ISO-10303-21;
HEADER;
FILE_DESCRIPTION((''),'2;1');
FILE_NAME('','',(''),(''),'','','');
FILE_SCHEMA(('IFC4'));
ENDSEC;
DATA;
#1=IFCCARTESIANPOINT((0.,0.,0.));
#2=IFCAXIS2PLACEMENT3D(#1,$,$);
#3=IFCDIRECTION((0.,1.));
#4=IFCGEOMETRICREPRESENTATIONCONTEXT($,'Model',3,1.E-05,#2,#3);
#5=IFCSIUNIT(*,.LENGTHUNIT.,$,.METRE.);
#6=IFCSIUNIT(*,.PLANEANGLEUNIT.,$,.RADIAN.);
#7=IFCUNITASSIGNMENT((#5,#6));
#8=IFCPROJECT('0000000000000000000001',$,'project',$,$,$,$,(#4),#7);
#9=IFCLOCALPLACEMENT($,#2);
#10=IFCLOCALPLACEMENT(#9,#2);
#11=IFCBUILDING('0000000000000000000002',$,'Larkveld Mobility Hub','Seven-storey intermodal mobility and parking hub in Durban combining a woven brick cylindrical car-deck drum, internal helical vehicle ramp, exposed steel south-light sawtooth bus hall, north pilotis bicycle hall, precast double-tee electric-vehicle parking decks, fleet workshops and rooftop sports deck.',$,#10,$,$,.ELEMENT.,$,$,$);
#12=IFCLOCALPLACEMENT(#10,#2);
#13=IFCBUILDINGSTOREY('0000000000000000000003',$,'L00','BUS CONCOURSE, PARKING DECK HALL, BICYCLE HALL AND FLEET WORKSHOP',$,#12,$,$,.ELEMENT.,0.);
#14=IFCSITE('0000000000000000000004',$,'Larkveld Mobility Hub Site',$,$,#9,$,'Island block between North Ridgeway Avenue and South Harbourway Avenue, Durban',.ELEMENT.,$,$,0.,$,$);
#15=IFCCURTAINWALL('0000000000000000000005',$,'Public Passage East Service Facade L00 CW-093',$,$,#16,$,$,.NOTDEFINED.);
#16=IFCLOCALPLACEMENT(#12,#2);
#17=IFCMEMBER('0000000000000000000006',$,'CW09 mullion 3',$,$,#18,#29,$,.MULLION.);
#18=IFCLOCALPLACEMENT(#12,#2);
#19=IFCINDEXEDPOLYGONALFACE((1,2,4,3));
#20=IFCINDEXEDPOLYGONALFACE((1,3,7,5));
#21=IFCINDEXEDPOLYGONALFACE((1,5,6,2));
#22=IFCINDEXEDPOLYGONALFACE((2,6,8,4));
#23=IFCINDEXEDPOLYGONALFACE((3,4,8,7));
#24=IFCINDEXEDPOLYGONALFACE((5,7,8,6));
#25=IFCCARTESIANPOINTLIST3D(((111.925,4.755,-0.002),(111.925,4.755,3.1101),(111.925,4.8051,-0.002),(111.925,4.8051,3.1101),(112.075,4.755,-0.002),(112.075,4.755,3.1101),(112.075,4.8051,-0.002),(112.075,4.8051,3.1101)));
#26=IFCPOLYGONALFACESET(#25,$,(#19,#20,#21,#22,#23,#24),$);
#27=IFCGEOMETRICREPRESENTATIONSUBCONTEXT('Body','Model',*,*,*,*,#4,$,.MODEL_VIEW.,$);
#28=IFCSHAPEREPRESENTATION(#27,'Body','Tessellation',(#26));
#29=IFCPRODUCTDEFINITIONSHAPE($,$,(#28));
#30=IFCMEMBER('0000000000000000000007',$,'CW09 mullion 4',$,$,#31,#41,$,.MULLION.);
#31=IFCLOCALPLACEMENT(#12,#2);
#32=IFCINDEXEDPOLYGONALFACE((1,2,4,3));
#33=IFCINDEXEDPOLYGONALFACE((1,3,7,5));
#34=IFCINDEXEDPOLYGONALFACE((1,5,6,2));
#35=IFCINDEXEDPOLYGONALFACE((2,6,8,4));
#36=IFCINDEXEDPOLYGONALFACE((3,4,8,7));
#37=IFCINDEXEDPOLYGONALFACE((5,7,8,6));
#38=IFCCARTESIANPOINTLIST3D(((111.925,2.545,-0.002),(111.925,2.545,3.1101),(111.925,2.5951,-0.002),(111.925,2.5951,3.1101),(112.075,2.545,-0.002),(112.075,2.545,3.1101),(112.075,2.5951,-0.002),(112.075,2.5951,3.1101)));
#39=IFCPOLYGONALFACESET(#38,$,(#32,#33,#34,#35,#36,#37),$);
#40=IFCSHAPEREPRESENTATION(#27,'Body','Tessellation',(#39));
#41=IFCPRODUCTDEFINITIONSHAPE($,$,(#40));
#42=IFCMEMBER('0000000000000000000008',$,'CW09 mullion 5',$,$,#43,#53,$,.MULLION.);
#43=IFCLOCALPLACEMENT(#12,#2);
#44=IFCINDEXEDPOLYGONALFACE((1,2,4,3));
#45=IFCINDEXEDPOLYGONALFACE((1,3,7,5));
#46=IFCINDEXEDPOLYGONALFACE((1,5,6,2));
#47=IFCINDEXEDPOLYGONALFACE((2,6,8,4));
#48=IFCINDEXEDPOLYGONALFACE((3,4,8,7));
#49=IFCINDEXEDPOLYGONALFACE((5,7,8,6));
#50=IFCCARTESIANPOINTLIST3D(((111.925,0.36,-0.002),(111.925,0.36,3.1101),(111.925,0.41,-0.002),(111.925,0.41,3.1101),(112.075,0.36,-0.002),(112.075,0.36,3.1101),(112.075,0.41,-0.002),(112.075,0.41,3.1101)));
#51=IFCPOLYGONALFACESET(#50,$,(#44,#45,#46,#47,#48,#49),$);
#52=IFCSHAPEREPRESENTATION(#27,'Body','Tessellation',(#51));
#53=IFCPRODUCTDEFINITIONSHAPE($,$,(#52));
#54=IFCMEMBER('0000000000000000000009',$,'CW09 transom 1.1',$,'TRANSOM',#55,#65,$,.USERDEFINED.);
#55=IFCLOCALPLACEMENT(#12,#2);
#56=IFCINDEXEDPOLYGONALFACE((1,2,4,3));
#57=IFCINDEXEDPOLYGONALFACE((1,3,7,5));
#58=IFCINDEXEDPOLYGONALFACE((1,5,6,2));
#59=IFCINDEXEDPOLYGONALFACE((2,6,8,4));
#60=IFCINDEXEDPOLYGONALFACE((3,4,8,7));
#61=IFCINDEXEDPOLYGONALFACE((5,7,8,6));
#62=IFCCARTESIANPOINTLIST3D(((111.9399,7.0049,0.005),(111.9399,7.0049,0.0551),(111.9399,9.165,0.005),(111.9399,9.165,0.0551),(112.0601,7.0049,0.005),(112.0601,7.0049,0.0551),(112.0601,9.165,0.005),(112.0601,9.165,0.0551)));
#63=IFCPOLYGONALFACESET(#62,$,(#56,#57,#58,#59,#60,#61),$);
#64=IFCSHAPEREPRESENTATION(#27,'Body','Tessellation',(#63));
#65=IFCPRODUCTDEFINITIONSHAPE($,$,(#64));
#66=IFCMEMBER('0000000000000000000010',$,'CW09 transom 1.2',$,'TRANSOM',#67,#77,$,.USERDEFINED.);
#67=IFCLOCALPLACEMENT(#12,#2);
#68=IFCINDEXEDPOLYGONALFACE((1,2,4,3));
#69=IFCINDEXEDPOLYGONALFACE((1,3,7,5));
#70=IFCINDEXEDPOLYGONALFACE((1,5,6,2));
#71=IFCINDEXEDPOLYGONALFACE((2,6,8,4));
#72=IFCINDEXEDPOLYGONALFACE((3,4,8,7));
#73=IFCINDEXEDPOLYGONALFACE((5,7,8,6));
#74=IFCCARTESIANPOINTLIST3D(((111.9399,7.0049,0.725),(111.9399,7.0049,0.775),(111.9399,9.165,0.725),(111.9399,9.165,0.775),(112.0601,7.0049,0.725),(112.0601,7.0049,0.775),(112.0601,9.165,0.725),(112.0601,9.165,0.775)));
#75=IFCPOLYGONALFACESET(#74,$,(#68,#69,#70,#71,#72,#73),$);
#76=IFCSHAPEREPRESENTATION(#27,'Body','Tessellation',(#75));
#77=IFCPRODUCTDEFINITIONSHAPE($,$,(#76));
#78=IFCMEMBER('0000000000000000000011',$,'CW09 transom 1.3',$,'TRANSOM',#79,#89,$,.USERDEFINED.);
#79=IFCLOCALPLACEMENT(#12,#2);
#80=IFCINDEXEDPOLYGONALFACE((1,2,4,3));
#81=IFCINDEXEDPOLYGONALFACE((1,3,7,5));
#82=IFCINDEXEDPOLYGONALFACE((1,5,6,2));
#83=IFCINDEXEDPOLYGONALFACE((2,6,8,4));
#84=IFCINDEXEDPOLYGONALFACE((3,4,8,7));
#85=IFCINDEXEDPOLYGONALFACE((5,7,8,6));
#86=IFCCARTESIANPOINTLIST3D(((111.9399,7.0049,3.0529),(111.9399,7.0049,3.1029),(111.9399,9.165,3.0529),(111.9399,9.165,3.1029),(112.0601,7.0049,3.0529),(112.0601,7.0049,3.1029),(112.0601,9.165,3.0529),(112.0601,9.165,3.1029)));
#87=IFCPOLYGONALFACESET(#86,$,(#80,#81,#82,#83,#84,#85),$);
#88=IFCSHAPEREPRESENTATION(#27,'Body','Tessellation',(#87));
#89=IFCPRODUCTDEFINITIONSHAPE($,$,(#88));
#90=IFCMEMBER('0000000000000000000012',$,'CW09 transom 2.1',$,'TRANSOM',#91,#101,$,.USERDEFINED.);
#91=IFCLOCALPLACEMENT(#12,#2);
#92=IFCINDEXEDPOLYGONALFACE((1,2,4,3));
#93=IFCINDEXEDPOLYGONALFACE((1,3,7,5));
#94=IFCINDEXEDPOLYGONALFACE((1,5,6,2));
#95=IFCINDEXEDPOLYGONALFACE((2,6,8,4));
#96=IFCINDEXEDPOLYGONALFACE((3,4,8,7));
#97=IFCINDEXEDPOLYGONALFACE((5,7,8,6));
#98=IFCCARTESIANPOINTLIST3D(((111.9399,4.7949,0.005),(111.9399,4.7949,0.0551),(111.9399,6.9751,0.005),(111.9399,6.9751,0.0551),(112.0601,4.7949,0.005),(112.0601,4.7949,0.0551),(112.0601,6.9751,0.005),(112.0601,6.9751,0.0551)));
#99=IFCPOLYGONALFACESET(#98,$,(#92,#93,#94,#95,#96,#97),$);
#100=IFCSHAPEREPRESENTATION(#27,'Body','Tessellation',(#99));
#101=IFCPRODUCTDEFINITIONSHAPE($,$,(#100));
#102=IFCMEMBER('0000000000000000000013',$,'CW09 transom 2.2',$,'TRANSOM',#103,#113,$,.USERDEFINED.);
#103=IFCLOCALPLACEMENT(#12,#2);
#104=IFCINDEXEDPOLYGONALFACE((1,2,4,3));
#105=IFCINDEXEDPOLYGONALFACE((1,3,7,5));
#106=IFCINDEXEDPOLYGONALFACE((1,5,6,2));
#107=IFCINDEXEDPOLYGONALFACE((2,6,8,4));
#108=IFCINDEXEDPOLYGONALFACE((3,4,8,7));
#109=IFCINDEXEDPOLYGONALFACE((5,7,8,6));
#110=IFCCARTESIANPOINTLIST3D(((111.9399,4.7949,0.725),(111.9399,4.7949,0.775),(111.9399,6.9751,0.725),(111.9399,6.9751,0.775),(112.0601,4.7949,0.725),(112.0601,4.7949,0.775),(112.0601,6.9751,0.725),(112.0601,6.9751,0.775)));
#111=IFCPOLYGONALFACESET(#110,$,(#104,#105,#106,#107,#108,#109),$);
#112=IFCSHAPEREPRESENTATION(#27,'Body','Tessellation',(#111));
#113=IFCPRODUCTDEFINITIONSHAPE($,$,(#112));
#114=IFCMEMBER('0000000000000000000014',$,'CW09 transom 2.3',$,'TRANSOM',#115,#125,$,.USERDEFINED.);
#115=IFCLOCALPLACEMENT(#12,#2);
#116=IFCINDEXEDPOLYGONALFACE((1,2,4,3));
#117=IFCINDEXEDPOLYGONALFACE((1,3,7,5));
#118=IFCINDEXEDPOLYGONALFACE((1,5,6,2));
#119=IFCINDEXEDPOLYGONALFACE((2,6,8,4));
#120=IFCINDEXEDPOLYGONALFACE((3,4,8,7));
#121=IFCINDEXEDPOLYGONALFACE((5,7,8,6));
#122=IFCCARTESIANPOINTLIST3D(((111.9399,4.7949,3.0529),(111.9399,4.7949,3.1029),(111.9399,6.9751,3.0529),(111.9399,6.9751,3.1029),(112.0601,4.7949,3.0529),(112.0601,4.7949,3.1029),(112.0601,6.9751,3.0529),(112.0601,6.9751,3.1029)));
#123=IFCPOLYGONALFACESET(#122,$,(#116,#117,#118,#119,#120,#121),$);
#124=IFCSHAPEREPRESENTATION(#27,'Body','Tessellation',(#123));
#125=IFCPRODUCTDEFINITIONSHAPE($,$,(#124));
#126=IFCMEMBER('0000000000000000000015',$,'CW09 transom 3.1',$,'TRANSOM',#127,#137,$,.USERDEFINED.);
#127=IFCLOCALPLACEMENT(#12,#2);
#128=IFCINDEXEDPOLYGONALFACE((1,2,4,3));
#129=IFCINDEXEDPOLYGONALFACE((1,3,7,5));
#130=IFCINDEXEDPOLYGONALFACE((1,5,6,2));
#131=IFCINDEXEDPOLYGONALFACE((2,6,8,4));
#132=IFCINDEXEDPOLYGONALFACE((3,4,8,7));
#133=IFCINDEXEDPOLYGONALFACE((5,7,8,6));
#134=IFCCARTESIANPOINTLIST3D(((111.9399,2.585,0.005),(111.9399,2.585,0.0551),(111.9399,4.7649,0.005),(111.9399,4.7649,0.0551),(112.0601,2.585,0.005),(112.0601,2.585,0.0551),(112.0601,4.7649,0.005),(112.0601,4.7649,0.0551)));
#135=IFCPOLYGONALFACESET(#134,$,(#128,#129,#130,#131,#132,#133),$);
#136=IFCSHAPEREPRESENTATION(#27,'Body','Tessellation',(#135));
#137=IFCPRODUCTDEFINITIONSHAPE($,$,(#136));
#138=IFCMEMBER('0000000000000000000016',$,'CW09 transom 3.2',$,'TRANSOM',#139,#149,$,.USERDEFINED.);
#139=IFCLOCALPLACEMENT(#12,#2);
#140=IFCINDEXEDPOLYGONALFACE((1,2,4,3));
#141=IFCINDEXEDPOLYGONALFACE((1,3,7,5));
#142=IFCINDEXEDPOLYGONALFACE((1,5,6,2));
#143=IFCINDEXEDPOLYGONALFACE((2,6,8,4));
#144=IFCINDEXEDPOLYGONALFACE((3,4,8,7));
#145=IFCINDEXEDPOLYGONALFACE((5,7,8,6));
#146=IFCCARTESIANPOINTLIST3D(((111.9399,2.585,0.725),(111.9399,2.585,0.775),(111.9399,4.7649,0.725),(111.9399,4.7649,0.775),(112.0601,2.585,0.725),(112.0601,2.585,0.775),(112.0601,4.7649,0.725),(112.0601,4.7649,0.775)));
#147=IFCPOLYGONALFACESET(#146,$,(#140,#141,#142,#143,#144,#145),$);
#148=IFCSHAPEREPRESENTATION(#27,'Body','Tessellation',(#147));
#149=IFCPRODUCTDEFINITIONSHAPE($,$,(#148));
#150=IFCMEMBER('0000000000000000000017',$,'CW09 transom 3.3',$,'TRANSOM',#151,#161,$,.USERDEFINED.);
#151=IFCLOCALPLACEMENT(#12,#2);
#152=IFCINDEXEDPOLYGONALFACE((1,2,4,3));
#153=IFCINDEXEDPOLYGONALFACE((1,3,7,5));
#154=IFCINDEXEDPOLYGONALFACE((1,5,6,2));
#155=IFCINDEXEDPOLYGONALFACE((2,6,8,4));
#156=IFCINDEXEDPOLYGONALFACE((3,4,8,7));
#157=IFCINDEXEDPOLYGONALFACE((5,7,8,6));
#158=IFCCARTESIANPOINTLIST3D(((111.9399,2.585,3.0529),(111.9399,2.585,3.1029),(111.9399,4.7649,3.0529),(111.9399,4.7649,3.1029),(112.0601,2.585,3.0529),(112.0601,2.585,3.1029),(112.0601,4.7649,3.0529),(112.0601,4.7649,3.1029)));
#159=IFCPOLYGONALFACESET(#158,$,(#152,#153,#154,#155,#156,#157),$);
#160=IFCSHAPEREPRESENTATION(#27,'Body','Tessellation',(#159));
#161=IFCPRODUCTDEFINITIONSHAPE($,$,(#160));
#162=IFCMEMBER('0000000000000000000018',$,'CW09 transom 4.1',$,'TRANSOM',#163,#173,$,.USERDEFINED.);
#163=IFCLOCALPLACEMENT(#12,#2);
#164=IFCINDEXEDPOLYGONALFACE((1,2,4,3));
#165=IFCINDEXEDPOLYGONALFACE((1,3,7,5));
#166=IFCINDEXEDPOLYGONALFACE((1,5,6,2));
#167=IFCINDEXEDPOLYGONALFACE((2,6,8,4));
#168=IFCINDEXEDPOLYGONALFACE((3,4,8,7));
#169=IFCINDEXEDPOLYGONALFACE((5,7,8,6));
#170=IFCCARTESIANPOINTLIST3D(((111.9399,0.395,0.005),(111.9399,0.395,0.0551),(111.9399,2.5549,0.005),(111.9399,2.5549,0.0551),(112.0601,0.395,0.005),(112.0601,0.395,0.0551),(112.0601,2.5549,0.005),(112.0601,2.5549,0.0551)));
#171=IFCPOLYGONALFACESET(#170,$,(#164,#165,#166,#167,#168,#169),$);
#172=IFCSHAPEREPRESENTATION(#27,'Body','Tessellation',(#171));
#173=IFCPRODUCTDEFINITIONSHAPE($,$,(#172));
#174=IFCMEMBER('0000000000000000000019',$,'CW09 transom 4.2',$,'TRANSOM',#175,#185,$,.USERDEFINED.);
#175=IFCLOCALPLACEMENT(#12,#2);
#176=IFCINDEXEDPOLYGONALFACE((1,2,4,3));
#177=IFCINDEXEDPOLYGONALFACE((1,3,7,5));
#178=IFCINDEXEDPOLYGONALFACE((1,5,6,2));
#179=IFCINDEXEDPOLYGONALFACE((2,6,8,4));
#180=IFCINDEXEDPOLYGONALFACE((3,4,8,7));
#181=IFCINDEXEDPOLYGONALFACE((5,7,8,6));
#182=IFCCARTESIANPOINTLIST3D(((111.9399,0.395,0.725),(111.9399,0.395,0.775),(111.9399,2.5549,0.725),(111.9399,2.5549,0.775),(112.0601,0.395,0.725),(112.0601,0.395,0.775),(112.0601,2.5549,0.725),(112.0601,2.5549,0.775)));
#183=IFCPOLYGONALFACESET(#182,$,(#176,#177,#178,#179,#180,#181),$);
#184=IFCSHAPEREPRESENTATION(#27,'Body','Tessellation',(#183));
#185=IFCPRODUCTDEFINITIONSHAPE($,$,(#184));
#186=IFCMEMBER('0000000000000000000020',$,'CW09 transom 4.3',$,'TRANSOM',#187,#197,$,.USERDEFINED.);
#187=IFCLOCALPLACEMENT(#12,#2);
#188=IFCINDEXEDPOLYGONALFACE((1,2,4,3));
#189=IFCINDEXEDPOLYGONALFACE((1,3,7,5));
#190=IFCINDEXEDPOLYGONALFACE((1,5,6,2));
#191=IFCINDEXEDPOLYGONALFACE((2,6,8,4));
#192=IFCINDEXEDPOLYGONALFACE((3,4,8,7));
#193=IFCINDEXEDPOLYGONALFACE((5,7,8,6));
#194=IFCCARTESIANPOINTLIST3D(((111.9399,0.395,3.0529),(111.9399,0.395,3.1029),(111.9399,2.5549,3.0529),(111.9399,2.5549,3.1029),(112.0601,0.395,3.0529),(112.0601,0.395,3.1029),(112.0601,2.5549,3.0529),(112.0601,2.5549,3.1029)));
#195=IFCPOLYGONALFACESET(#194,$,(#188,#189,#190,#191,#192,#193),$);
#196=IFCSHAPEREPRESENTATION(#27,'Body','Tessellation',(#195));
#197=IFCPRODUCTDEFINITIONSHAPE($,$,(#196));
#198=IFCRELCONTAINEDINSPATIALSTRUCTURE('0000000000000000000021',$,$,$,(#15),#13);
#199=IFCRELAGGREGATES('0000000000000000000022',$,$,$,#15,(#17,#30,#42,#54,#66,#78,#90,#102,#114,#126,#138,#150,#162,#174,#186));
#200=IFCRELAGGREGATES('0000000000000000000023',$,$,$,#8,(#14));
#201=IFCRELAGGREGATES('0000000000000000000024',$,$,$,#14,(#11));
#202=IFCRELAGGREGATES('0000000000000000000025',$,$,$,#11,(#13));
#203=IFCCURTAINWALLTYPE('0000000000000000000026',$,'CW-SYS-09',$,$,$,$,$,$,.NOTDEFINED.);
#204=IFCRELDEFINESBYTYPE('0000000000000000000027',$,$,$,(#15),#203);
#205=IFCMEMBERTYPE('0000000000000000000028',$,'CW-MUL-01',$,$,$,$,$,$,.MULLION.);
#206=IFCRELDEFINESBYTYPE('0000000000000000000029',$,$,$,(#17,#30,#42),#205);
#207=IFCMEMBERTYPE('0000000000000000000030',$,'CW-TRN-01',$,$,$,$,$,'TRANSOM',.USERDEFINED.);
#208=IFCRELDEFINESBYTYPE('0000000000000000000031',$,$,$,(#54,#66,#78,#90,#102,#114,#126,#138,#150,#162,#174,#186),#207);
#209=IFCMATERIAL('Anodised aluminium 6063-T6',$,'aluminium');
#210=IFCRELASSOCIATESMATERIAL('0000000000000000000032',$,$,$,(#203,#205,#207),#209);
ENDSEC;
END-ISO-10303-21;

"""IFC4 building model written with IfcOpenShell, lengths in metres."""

from ifc_helpers import new_model, si_unit, direction, frame, origin, origin_2d, place, context, subcontext, project, spatial, rectangle, extrude, material, material_profile, profile_set, type_object, element, aggregate, save


model = new_model("IFC4")

# Units and contexts
model_context = context("Model", 3, precision=1e-05, world=origin(), true_north=direction((0.0, 1.0)))
body_context = subcontext(model_context, "Body", "Model", "MODEL_VIEW")
ifc_project = project(units=[si_unit("LENGTHUNIT", "METRE"), si_unit("PLANEANGLEUNIT", "RADIAN")], contexts=[model_context])

# Site, building, storey
site_placement = place(None, origin())
site = spatial("IfcSite", under=ifc_project, at=site_placement, Name="Larkveld Mobility Hub Site", LongName="Island block between North Ridgeway Avenue and South Harbourway Avenue, Durban", CompositionType="ELEMENT", RefElevation=0.0)
building_placement = place(site_placement, origin())
building = spatial("IfcBuilding", under=site, at=building_placement, Name="Larkveld Mobility Hub", Description="Seven-storey intermodal mobility and parking hub in Durban combining a woven brick cylindrical car-deck drum, internal helical vehicle ramp, exposed steel south-light sawtooth bus hall, north pilotis bicycle hall, precast double-tee electric-vehicle parking decks, fleet workshops and rooftop sports deck.", CompositionType="ELEMENT")
storey_placement = place(building_placement, origin())
storey = spatial("IfcBuildingStorey", under=building, at=storey_placement, Name="L00", Description="BUS CONCOURSE, PARKING DECK HALL, BICYCLE HALL AND FLEET WORKSHOP", CompositionType="ELEMENT", Elevation=0.0)

# Curtain wall, members
ifc_material_1 = material(Name="Anodised aluminium 6063-T6", Category="aluminium")
curtain_wall_type = type_object("IfcCurtainWallType", Name="CW-SYS-09", PredefinedType="NOTDEFINED", material=ifc_material_1)
curtain_wall_placement = place(storey_placement, origin())
curtain_wall = element("IfcCurtainWall", 1, at=curtain_wall_placement, inside=storey, type_object=curtain_wall_type, Name="Public Passage East Service Facade L00 CW-093", PredefinedType="NOTDEFINED")
ifc_material_profile_1 = material_profile(ifc_material_1, rectangle(XDim=0.05, YDim=0.1499, at=origin_2d()), Name="ALU MULL 50x150")
ifc_profile_set_1 = profile_set([ifc_material_profile_1], Name="Anodised aluminium 6063-T6")
member_type_1 = type_object("IfcMemberType", Name="CW-MUL-01", PredefinedType="MULLION", material=ifc_profile_set_1)
member_1_placement = place(storey_placement, frame((112.0, 4.78, -0.002), z_axis=(0.0, 0.0, 1.0), x_axis=(0.0, -1.0, 0.0)))
member_1 = element("IfcMember", 2, at=member_1_placement, type_object=member_type_1, Name="CW09 mullion 3", PredefinedType="MULLION", context=body_context, shape_type="SweptSolid", body=[
    extrude(rectangle(XDim=0.05, YDim=0.1499, at=origin_2d()), origin(), (0.0, 0.0, 1.0), 3.1121),
])
member_2_placement = place(storey_placement, frame((112.0, 2.5701, -0.002), z_axis=(0.0, 0.0, 1.0), x_axis=(0.0, -1.0, 0.0)))
member_2 = element("IfcMember", 3, at=member_2_placement, type_object=member_type_1, Name="CW09 mullion 4", PredefinedType="MULLION", context=body_context, shape_type="SweptSolid", body=[
    extrude(rectangle(XDim=0.05, YDim=0.1499, at=origin_2d()), origin(), (0.0, 0.0, 1.0), 3.1121),
])
member_3_placement = place(storey_placement, frame((112.0, 0.385, -0.002), z_axis=(0.0, 0.0, 1.0), x_axis=(0.0, -1.0, 0.0)))
member_3 = element("IfcMember", 4, at=member_3_placement, type_object=member_type_1, Name="CW09 mullion 5", PredefinedType="MULLION", context=body_context, shape_type="SweptSolid", body=[
    extrude(rectangle(XDim=0.05, YDim=0.1499, at=origin_2d()), origin(), (0.0, 0.0, 1.0), 3.1121),
])
ifc_material_profile_2 = material_profile(ifc_material_1, rectangle(XDim=0.1201, YDim=0.05, at=origin_2d()), Name="ALU TRAN 50x120")
ifc_profile_set_2 = profile_set([ifc_material_profile_2], Name="Anodised aluminium 6063-T6")
member_type_2 = type_object("IfcMemberType", Name="CW-TRN-01", ElementType="TRANSOM", PredefinedType="USERDEFINED", material=ifc_profile_set_2)
member_4_placement = place(storey_placement, frame((112.0, 9.165, 0.03), z_axis=(0.0, -1.0, 0.0), x_axis=(1.0, 0.0, 0.0)))
member_4 = element("IfcMember", 5, at=member_4_placement, type_object=member_type_2, Name="CW09 transom 1.1", ObjectType="TRANSOM", PredefinedType="USERDEFINED", context=body_context, shape_type="SweptSolid", body=[
    extrude(rectangle(XDim=0.1201, YDim=0.05, at=origin_2d()), origin(), (0.0, 0.0, 1.0), 2.1602),
])
member_5_placement = place(storey_placement, frame((112.0, 9.165, 0.75), z_axis=(0.0, -1.0, 0.0), x_axis=(1.0, 0.0, 0.0)))
member_5 = element("IfcMember", 6, at=member_5_placement, type_object=member_type_2, Name="CW09 transom 1.2", ObjectType="TRANSOM", PredefinedType="USERDEFINED", context=body_context, shape_type="SweptSolid", body=[
    extrude(rectangle(XDim=0.1201, YDim=0.05, at=origin_2d()), origin(), (0.0, 0.0, 1.0), 2.1602),
])
member_6_placement = place(storey_placement, frame((112.0, 9.165, 3.0779), z_axis=(0.0, -1.0, 0.0), x_axis=(1.0, 0.0, 0.0)))
member_6 = element("IfcMember", 7, at=member_6_placement, type_object=member_type_2, Name="CW09 transom 1.3", ObjectType="TRANSOM", PredefinedType="USERDEFINED", context=body_context, shape_type="SweptSolid", body=[
    extrude(rectangle(XDim=0.1201, YDim=0.05, at=origin_2d()), origin(), (0.0, 0.0, 1.0), 2.1602),
])
member_7_placement = place(storey_placement, frame((112.0, 6.9751, 0.03), z_axis=(0.0, -1.0, 0.0), x_axis=(1.0, 0.0, 0.0)))
member_7 = element("IfcMember", 8, at=member_7_placement, type_object=member_type_2, Name="CW09 transom 2.1", ObjectType="TRANSOM", PredefinedType="USERDEFINED", context=body_context, shape_type="SweptSolid", body=[
    extrude(rectangle(XDim=0.1201, YDim=0.05, at=origin_2d()), origin(), (0.0, 0.0, 1.0), 2.1802),
])
member_8_placement = place(storey_placement, frame((112.0, 6.9751, 0.75), z_axis=(0.0, -1.0, 0.0), x_axis=(1.0, 0.0, 0.0)))
member_8 = element("IfcMember", 9, at=member_8_placement, type_object=member_type_2, Name="CW09 transom 2.2", ObjectType="TRANSOM", PredefinedType="USERDEFINED", context=body_context, shape_type="SweptSolid", body=[
    extrude(rectangle(XDim=0.1201, YDim=0.05, at=origin_2d()), origin(), (0.0, 0.0, 1.0), 2.1802),
])
member_9_placement = place(storey_placement, frame((112.0, 6.9751, 3.0779), z_axis=(0.0, -1.0, 0.0), x_axis=(1.0, 0.0, 0.0)))
member_9 = element("IfcMember", 10, at=member_9_placement, type_object=member_type_2, Name="CW09 transom 2.3", ObjectType="TRANSOM", PredefinedType="USERDEFINED", context=body_context, shape_type="SweptSolid", body=[
    extrude(rectangle(XDim=0.1201, YDim=0.05, at=origin_2d()), origin(), (0.0, 0.0, 1.0), 2.1802),
])
member_10_placement = place(storey_placement, frame((112.0, 4.7649, 0.03), z_axis=(0.0, -1.0, 0.0), x_axis=(1.0, 0.0, 0.0)))
member_10 = element("IfcMember", 11, at=member_10_placement, type_object=member_type_2, Name="CW09 transom 3.1", ObjectType="TRANSOM", PredefinedType="USERDEFINED", context=body_context, shape_type="SweptSolid", body=[
    extrude(rectangle(XDim=0.1201, YDim=0.05, at=origin_2d()), origin(), (0.0, 0.0, 1.0), 2.1799),
])
member_11_placement = place(storey_placement, frame((112.0, 4.7649, 0.75), z_axis=(0.0, -1.0, 0.0), x_axis=(1.0, 0.0, 0.0)))
member_11 = element("IfcMember", 12, at=member_11_placement, type_object=member_type_2, Name="CW09 transom 3.2", ObjectType="TRANSOM", PredefinedType="USERDEFINED", context=body_context, shape_type="SweptSolid", body=[
    extrude(rectangle(XDim=0.1201, YDim=0.05, at=origin_2d()), origin(), (0.0, 0.0, 1.0), 2.1799),
])
member_12_placement = place(storey_placement, frame((112.0, 4.7649, 3.0779), z_axis=(0.0, -1.0, 0.0), x_axis=(1.0, 0.0, 0.0)))
member_12 = element("IfcMember", 13, at=member_12_placement, type_object=member_type_2, Name="CW09 transom 3.3", ObjectType="TRANSOM", PredefinedType="USERDEFINED", context=body_context, shape_type="SweptSolid", body=[
    extrude(rectangle(XDim=0.1201, YDim=0.05, at=origin_2d()), origin(), (0.0, 0.0, 1.0), 2.1799),
])
member_13_placement = place(storey_placement, frame((112.0, 2.5549, 0.03), z_axis=(0.0, -1.0, 0.0), x_axis=(1.0, 0.0, 0.0)))
member_13 = element("IfcMember", 14, at=member_13_placement, type_object=member_type_2, Name="CW09 transom 4.1", ObjectType="TRANSOM", PredefinedType="USERDEFINED", context=body_context, shape_type="SweptSolid", body=[
    extrude(rectangle(XDim=0.1201, YDim=0.05, at=origin_2d()), origin(), (0.0, 0.0, 1.0), 2.1599),
])
member_14_placement = place(storey_placement, frame((112.0, 2.5549, 0.75), z_axis=(0.0, -1.0, 0.0), x_axis=(1.0, 0.0, 0.0)))
member_14 = element("IfcMember", 15, at=member_14_placement, type_object=member_type_2, Name="CW09 transom 4.2", ObjectType="TRANSOM", PredefinedType="USERDEFINED", context=body_context, shape_type="SweptSolid", body=[
    extrude(rectangle(XDim=0.1201, YDim=0.05, at=origin_2d()), origin(), (0.0, 0.0, 1.0), 2.1599),
])
member_15_placement = place(storey_placement, frame((112.0, 2.5549, 3.0779), z_axis=(0.0, -1.0, 0.0), x_axis=(1.0, 0.0, 0.0)))
member_15 = element("IfcMember", 16, at=member_15_placement, type_object=member_type_2, Name="CW09 transom 4.3", ObjectType="TRANSOM", PredefinedType="USERDEFINED", context=body_context, shape_type="SweptSolid", body=[
    extrude(rectangle(XDim=0.1201, YDim=0.05, at=origin_2d()), origin(), (0.0, 0.0, 1.0), 2.1599),
])
aggregate(curtain_wall, [member_1, member_2, member_3, member_4, member_5, member_6, member_7, member_8, member_9, member_10, member_11, member_12, member_13, member_14, member_15])

save(model, "model.ifc")
